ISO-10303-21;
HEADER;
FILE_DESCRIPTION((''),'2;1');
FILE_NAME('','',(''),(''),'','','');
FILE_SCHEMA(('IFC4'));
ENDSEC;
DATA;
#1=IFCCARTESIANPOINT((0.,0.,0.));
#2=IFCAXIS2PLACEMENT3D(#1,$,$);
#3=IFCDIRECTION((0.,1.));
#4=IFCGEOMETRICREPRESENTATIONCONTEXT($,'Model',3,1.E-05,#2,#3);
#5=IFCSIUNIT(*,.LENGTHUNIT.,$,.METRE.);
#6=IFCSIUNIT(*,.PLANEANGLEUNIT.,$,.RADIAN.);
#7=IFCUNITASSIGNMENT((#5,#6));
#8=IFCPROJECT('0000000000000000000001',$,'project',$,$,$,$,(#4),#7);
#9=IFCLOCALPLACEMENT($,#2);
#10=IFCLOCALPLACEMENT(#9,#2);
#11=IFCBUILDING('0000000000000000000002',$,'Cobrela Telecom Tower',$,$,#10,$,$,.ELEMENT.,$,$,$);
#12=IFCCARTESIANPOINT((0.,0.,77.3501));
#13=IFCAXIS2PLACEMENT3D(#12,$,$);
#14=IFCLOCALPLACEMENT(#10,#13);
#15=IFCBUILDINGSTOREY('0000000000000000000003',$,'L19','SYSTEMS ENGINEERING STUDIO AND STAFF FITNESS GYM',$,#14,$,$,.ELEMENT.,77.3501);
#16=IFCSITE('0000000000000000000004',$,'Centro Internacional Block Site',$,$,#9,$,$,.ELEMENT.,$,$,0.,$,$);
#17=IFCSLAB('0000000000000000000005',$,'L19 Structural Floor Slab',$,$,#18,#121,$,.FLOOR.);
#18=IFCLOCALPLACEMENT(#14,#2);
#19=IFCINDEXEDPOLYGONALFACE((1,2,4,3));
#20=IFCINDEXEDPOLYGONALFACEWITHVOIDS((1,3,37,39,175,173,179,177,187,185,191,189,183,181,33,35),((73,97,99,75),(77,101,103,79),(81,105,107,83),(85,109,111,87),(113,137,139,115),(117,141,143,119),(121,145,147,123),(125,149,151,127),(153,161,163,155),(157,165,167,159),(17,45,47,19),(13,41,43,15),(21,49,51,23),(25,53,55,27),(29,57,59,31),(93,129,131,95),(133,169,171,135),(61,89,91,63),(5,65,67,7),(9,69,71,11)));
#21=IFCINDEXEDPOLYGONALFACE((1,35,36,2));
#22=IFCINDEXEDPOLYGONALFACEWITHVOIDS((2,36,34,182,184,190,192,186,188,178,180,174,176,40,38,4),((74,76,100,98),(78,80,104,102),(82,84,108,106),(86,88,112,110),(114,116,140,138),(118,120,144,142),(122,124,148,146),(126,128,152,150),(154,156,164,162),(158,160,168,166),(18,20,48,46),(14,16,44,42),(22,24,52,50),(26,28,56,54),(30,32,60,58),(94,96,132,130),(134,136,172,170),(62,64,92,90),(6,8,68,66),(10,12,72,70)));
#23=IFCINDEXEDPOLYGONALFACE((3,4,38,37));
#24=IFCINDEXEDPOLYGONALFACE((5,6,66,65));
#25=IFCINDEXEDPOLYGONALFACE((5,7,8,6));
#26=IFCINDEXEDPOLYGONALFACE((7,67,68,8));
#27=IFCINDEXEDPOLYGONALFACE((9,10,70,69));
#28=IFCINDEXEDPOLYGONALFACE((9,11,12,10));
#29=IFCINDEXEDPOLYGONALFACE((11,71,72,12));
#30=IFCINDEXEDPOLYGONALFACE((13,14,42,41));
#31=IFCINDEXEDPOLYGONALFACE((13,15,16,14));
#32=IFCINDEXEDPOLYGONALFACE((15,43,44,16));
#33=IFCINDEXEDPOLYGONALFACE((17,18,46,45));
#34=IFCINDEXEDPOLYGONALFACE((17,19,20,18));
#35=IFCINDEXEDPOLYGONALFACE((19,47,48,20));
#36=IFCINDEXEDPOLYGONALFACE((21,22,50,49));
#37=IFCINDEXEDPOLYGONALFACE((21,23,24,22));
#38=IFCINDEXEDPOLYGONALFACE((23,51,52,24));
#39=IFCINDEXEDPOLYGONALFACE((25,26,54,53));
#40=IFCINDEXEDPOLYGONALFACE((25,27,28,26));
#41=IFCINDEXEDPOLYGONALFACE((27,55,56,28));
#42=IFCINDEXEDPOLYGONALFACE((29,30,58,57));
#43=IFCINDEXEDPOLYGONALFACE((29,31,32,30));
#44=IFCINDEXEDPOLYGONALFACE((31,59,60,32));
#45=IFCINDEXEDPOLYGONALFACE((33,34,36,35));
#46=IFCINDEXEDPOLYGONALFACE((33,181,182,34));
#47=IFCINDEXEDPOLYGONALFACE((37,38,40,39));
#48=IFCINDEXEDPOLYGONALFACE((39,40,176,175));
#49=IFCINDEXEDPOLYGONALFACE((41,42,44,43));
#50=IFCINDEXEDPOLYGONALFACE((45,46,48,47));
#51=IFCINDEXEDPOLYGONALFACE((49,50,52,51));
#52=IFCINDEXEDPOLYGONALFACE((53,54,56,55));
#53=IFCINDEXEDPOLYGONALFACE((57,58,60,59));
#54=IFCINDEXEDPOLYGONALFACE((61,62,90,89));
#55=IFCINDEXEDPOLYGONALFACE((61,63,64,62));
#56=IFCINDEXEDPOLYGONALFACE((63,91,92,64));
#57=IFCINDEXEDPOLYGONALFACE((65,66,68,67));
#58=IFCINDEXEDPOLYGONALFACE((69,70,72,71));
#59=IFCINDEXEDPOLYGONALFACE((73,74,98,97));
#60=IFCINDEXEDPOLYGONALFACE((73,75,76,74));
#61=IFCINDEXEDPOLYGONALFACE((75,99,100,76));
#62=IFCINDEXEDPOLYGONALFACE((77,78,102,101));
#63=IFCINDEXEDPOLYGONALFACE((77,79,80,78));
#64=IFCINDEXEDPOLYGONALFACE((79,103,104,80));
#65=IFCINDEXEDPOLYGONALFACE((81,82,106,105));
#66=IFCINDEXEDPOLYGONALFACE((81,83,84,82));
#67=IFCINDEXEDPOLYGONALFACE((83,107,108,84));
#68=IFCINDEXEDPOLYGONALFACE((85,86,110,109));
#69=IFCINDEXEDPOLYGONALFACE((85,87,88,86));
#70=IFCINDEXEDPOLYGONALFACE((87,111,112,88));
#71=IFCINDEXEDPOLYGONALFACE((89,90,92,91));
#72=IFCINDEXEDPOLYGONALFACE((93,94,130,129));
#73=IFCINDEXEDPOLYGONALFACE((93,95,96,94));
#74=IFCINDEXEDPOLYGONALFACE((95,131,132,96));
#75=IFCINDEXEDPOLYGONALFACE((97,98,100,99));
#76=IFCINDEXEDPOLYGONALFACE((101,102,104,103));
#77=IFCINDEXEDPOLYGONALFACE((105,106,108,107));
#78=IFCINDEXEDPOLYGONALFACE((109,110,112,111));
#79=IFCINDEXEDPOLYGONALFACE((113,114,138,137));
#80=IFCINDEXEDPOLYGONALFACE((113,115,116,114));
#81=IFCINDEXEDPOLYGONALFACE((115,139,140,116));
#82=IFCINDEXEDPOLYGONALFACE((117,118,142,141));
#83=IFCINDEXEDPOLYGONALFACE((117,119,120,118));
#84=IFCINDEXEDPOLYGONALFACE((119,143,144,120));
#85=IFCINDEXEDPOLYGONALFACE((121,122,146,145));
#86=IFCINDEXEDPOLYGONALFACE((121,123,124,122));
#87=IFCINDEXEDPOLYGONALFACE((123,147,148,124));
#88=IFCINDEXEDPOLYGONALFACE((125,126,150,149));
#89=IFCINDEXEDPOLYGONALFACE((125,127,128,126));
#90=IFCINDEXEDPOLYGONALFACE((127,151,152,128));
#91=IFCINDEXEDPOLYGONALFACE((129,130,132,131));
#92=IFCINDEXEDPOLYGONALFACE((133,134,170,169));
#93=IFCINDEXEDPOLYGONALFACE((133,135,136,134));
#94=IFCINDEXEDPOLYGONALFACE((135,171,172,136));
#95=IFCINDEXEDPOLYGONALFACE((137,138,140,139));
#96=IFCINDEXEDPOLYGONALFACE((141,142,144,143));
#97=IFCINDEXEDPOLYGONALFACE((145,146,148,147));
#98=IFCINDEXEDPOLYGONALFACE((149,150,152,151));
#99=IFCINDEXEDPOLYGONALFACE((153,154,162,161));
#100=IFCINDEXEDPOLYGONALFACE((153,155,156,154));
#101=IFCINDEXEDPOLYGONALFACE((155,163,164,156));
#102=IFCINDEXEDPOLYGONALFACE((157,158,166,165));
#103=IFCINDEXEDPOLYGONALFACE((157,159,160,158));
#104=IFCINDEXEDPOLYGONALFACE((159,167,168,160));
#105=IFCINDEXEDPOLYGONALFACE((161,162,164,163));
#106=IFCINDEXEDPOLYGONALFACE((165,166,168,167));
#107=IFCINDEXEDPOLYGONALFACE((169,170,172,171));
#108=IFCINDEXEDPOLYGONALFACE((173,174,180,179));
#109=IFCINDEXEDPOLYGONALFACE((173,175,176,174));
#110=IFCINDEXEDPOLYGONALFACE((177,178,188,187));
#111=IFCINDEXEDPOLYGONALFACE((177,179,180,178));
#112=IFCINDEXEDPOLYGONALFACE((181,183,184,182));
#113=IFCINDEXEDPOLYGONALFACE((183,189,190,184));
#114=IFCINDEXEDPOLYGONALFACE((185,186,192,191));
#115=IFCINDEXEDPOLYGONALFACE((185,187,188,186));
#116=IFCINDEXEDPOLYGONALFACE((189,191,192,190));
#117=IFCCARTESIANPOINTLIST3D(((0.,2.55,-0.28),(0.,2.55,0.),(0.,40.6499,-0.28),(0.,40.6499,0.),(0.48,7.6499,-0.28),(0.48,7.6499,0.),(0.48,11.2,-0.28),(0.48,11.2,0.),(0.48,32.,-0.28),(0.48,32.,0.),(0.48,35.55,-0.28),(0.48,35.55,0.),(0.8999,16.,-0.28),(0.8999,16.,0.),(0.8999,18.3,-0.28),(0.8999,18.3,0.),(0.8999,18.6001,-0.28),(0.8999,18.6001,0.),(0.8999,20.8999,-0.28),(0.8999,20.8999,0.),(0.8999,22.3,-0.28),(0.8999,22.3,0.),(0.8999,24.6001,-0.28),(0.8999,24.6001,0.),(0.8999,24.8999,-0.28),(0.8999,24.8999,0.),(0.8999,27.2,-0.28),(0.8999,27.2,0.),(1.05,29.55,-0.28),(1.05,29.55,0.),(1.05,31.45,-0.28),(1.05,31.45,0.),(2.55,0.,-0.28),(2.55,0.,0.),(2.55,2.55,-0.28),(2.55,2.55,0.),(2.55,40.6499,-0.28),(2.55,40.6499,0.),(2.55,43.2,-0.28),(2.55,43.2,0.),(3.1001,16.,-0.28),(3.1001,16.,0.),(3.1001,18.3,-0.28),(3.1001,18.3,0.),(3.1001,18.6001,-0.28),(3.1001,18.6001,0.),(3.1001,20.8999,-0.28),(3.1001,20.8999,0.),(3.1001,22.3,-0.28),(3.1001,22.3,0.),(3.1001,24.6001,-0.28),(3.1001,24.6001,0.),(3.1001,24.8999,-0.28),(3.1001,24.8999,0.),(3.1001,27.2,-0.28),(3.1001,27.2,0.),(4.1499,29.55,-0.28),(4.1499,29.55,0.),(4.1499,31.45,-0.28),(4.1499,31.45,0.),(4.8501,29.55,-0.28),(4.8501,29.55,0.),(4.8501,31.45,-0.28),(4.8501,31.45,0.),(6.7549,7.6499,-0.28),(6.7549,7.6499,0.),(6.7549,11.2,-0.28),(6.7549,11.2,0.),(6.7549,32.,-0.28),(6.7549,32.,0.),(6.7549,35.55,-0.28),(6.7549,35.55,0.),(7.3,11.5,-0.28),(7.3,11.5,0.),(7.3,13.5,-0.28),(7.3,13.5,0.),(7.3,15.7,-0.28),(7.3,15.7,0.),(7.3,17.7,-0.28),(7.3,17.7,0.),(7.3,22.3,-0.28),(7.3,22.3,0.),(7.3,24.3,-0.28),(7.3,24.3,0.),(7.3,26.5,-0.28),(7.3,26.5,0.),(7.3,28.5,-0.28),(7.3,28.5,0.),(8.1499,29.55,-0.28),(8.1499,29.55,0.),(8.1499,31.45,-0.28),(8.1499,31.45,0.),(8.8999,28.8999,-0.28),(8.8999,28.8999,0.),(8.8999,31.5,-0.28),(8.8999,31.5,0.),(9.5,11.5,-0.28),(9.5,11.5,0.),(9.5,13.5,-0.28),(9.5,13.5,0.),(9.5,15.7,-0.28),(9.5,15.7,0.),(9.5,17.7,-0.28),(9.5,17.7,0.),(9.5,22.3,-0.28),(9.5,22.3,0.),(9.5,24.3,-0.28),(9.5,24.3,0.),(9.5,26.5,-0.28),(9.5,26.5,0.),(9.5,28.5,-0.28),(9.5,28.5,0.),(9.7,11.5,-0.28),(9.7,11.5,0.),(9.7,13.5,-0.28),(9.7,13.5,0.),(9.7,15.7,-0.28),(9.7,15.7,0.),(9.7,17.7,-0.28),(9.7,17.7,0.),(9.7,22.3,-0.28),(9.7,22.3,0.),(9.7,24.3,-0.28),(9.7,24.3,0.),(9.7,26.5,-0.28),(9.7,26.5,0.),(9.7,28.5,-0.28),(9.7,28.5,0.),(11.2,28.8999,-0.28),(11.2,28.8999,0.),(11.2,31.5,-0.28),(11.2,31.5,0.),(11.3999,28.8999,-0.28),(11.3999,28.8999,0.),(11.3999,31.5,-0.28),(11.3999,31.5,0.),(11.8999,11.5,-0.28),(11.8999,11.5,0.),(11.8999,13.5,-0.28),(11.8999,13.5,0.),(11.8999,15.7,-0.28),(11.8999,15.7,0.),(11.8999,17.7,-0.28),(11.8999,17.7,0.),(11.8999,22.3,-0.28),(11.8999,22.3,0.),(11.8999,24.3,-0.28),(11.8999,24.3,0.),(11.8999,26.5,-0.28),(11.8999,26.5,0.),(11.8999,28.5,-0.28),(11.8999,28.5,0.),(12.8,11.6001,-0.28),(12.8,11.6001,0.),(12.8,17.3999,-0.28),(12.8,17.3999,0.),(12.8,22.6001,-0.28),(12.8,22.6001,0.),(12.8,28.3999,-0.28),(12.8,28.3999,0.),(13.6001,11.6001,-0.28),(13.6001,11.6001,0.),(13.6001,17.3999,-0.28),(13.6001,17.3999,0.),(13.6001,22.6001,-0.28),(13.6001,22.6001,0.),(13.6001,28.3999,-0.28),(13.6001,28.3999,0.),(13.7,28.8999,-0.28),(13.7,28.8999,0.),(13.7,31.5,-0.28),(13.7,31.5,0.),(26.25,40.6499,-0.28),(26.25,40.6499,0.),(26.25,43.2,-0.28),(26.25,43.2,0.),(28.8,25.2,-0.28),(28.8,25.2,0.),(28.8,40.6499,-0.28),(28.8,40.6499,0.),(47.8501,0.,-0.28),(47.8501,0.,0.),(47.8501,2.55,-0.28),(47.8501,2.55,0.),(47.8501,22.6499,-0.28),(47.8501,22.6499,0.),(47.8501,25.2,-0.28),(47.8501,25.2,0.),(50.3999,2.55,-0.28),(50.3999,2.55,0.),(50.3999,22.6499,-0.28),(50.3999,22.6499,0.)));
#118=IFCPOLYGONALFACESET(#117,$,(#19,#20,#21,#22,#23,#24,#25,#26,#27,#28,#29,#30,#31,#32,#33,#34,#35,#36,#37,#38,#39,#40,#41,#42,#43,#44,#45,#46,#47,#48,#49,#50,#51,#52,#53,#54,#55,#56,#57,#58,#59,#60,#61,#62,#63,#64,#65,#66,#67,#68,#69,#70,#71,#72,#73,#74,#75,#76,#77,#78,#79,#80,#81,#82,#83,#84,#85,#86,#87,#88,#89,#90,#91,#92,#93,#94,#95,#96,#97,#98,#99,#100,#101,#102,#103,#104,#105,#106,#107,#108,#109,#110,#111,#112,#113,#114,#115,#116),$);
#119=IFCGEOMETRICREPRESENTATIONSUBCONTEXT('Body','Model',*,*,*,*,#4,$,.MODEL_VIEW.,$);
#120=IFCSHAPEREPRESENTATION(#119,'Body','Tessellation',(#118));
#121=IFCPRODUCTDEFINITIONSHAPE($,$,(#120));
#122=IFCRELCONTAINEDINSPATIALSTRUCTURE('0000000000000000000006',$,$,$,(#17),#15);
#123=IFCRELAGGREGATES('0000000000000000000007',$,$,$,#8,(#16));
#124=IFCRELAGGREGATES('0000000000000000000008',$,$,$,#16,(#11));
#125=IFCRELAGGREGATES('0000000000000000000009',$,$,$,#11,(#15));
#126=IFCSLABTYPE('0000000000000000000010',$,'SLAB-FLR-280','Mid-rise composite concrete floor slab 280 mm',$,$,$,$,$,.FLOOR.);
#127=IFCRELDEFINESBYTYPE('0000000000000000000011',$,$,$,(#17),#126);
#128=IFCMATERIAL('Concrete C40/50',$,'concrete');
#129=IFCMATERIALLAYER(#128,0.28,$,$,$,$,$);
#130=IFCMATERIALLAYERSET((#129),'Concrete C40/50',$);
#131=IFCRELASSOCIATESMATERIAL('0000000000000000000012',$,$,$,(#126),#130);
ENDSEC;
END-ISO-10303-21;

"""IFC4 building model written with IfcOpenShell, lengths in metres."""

from ifc_helpers import new_model, si_unit, direction, frame, origin, place, context, subcontext, project, spatial, polyline, outline, extrude, material, layer, layer_set, type_object, element, save


model = new_model("IFC4")

# Units and contexts
model_context = context("Model", 3, precision=1e-05, world=origin(), true_north=direction((0.0, 1.0)))
body_context = subcontext(model_context, "Body", "Model", "MODEL_VIEW")
ifc_project = project(units=[si_unit("LENGTHUNIT", "METRE"), si_unit("PLANEANGLEUNIT", "RADIAN")], contexts=[model_context])

# Site, building, storey
site_placement = place(None, origin())
site = spatial("IfcSite", under=ifc_project, at=site_placement, Name="Centro Internacional Block Site", CompositionType="ELEMENT", RefElevation=0.0)
building_placement = place(site_placement, origin())
building = spatial("IfcBuilding", under=site, at=building_placement, Name="Cobrela Telecom Tower", CompositionType="ELEMENT")
storey_placement = place(building_placement, frame((0.0, 0.0, 77.3501)))
storey = spatial("IfcBuildingStorey", under=building, at=storey_placement, Name="L19", Description="SYSTEMS ENGINEERING STUDIO AND STAFF FITNESS GYM", CompositionType="ELEMENT", Elevation=77.3501)

# Slab, openings
ifc_material_1 = material(Name="Concrete C40/50", Category="concrete")
ifc_layer_1 = layer(ifc_material_1, 0.28)
ifc_layer_set_1 = layer_set([ifc_layer_1], Name="Concrete C40/50")
slab_type_1 = type_object("IfcSlabType", Name="SLAB-FLR-280", Description="Mid-rise composite concrete floor slab 280 mm", PredefinedType="FLOOR", material=ifc_layer_set_1)
slab_1_placement = place(storey_placement, frame((0.0, 0.0, -0.28)))
slab_1 = element("IfcSlab", 1, at=slab_1_placement, inside=storey, type_object=slab_type_1, Name="L19 Structural Floor Slab", PredefinedType="FLOOR", context=body_context, shape_type="SweptSolid", body=[
    extrude(outline(polyline([(2.55, 0.0), (47.8501, 0.0), (47.8501, 2.55), (50.3999, 2.55), (50.3999, 22.6499), (47.8501, 22.6499), (47.8501, 25.2), (28.8, 25.2), (28.8, 40.6499), (26.25, 40.6499), (26.25, 43.2), (2.55, 43.2), (2.55, 40.6499), (0.0, 40.6499), (0.0, 2.55), (2.55, 2.55), (2.55, 0.0)])), origin(), (0.0, 0.0, 1.0), 0.28),
])
opening_1_placement = place(slab_1_placement, frame((0.0, 0.0, -0.02)))
element("IfcOpeningElement", 2, at=opening_1_placement, cuts=slab_1, PredefinedType="OPENING", context=body_context, shape_type="SweptSolid", body=[
    extrude(outline(polyline([(8.8999, 28.8999), (11.2, 28.8999), (11.2, 31.5), (8.8999, 31.5), (8.8999, 28.8999)])), origin(), (0.0, 0.0, 1.0), 0.3201),
])
opening_2_placement = place(slab_1_placement, frame((0.0, 0.0, -0.02)))
element("IfcOpeningElement", 3, at=opening_2_placement, cuts=slab_1, PredefinedType="OPENING", context=body_context, shape_type="SweptSolid", body=[
    extrude(outline(polyline([(11.3999, 28.8999), (13.7, 28.8999), (13.7, 31.5), (11.3999, 31.5), (11.3999, 28.8999)])), origin(), (0.0, 0.0, 1.0), 0.3201),
])
opening_3_placement = place(slab_1_placement, frame((0.0, 0.0, -0.02)))
element("IfcOpeningElement", 4, at=opening_3_placement, cuts=slab_1, PredefinedType="OPENING", context=body_context, shape_type="SweptSolid", body=[
    extrude(outline(polyline([(7.3, 22.3), (9.5, 22.3), (9.5, 24.3), (7.3, 24.3), (7.3, 22.3)])), origin(), (0.0, 0.0, 1.0), 0.3201),
])
opening_4_placement = place(slab_1_placement, frame((0.0, 0.0, -0.02)))
element("IfcOpeningElement", 5, at=opening_4_placement, cuts=slab_1, PredefinedType="OPENING", context=body_context, shape_type="SweptSolid", body=[
    extrude(outline(polyline([(9.7, 22.3), (11.8999, 22.3), (11.8999, 24.3), (9.7, 24.3), (9.7, 22.3)])), origin(), (0.0, 0.0, 1.0), 0.3201),
])
opening_5_placement = place(slab_1_placement, frame((0.0, 0.0, -0.02)))
element("IfcOpeningElement", 6, at=opening_5_placement, cuts=slab_1, PredefinedType="OPENING", context=body_context, shape_type="SweptSolid", body=[
    extrude(outline(polyline([(7.3, 26.5), (9.5, 26.5), (9.5, 28.5), (7.3, 28.5), (7.3, 26.5)])), origin(), (0.0, 0.0, 1.0), 0.3201),
])
opening_6_placement = place(slab_1_placement, frame((0.0, 0.0, -0.02)))
element("IfcOpeningElement", 7, at=opening_6_placement, cuts=slab_1, PredefinedType="OPENING", context=body_context, shape_type="SweptSolid", body=[
    extrude(outline(polyline([(9.7, 26.5), (11.8999, 26.5), (11.8999, 28.5), (9.7, 28.5), (9.7, 26.5)])), origin(), (0.0, 0.0, 1.0), 0.3201),
])
opening_7_placement = place(slab_1_placement, frame((0.0, 0.0, -0.02)))
element("IfcOpeningElement", 8, at=opening_7_placement, cuts=slab_1, PredefinedType="OPENING", context=body_context, shape_type="SweptSolid", body=[
    extrude(outline(polyline([(7.3, 15.7), (9.5, 15.7), (9.5, 17.7), (7.3, 17.7), (7.3, 15.7)])), origin(), (0.0, 0.0, 1.0), 0.3201),
])
opening_8_placement = place(slab_1_placement, frame((0.0, 0.0, -0.02)))
element("IfcOpeningElement", 9, at=opening_8_placement, cuts=slab_1, PredefinedType="OPENING", context=body_context, shape_type="SweptSolid", body=[
    extrude(outline(polyline([(9.7, 15.7), (11.8999, 15.7), (11.8999, 17.7), (9.7, 17.7), (9.7, 15.7)])), origin(), (0.0, 0.0, 1.0), 0.3201),
])
opening_9_placement = place(slab_1_placement, frame((0.0, 0.0, -0.02)))
element("IfcOpeningElement", 10, at=opening_9_placement, cuts=slab_1, PredefinedType="OPENING", context=body_context, shape_type="SweptSolid", body=[
    extrude(outline(polyline([(7.3, 11.5), (9.5, 11.5), (9.5, 13.5), (7.3, 13.5), (7.3, 11.5)])), origin(), (0.0, 0.0, 1.0), 0.3201),
])
opening_10_placement = place(slab_1_placement, frame((0.0, 0.0, -0.02)))
element("IfcOpeningElement", 11, at=opening_10_placement, cuts=slab_1, PredefinedType="OPENING", context=body_context, shape_type="SweptSolid", body=[
    extrude(outline(polyline([(9.7, 11.5), (11.8999, 11.5), (11.8999, 13.5), (9.7, 13.5), (9.7, 11.5)])), origin(), (0.0, 0.0, 1.0), 0.3201),
])
opening_11_placement = place(slab_1_placement, frame((0.0, 0.0, -0.02)))
element("IfcOpeningElement", 12, at=opening_11_placement, cuts=slab_1, PredefinedType="OPENING", context=body_context, shape_type="SweptSolid", body=[
    extrude(outline(polyline([(0.8999, 16.0), (3.1001, 16.0), (3.1001, 18.3), (0.8999, 18.3), (0.8999, 16.0)])), origin(), (0.0, 0.0, 1.0), 0.3201),
])
opening_12_placement = place(slab_1_placement, frame((0.0, 0.0, -0.02)))
element("IfcOpeningElement", 13, at=opening_12_placement, cuts=slab_1, PredefinedType="OPENING", context=body_context, shape_type="SweptSolid", body=[
    extrude(outline(polyline([(0.8999, 18.6001), (3.1001, 18.6001), (3.1001, 20.8999), (0.8999, 20.8999), (0.8999, 18.6001)])), origin(), (0.0, 0.0, 1.0), 0.3201),
])
opening_13_placement = place(slab_1_placement, frame((0.0, 0.0, -0.02)))
element("IfcOpeningElement", 14, at=opening_13_placement, cuts=slab_1, PredefinedType="OPENING", context=body_context, shape_type="SweptSolid", body=[
    extrude(outline(polyline([(0.8999, 22.3), (3.1001, 22.3), (3.1001, 24.6001), (0.8999, 24.6001), (0.8999, 22.3)])), origin(), (0.0, 0.0, 1.0), 0.3201),
])
opening_14_placement = place(slab_1_placement, frame((0.0, 0.0, -0.02)))
element("IfcOpeningElement", 15, at=opening_14_placement, cuts=slab_1, PredefinedType="OPENING", context=body_context, shape_type="SweptSolid", body=[
    extrude(outline(polyline([(0.8999, 24.8999), (3.1001, 24.8999), (3.1001, 27.2), (0.8999, 27.2), (0.8999, 24.8999)])), origin(), (0.0, 0.0, 1.0), 0.3201),
])
opening_15_placement = place(slab_1_placement, frame((0.0, 0.0, -0.02)))
element("IfcOpeningElement", 16, at=opening_15_placement, cuts=slab_1, PredefinedType="OPENING", context=body_context, shape_type="SweptSolid", body=[
    extrude(outline(polyline([(1.05, 29.55), (4.1499, 29.55), (4.1499, 31.45), (1.05, 31.45), (1.05, 29.55)])), origin(), (0.0, 0.0, 1.0), 0.3201),
])
opening_16_placement = place(slab_1_placement, frame((0.0, 0.0, -0.02)))
element("IfcOpeningElement", 17, at=opening_16_placement, cuts=slab_1, PredefinedType="OPENING", context=body_context, shape_type="SweptSolid", body=[
    extrude(outline(polyline([(4.8501, 29.55), (8.1499, 29.55), (8.1499, 31.45), (4.8501, 31.45), (4.8501, 29.55)])), origin(), (0.0, 0.0, 1.0), 0.3201),
])
opening_17_placement = place(slab_1_placement, frame((0.0, 0.0, -0.02)))
element("IfcOpeningElement", 18, at=opening_17_placement, cuts=slab_1, PredefinedType="OPENING", context=body_context, shape_type="SweptSolid", body=[
    extrude(outline(polyline([(12.8, 22.6001), (13.6001, 22.6001), (13.6001, 28.3999), (12.8, 28.3999), (12.8, 22.6001)])), origin(), (0.0, 0.0, 1.0), 0.3201),
])
opening_18_placement = place(slab_1_placement, frame((0.0, 0.0, -0.02)))
element("IfcOpeningElement", 19, at=opening_18_placement, cuts=slab_1, PredefinedType="OPENING", context=body_context, shape_type="SweptSolid", body=[
    extrude(outline(polyline([(12.8, 11.6001), (13.6001, 11.6001), (13.6001, 17.3999), (12.8, 17.3999), (12.8, 11.6001)])), origin(), (0.0, 0.0, 1.0), 0.3201),
])
opening_19_placement = place(slab_1_placement, frame((0.0, 0.0, -0.02)))
element("IfcOpeningElement", 20, at=opening_19_placement, cuts=slab_1, PredefinedType="OPENING", context=body_context, shape_type="SweptSolid", body=[
    extrude(outline(polyline([(6.7549, 35.55), (0.48, 35.55), (0.48, 32.0), (6.7549, 32.0), (6.7549, 35.55)])), origin(), (0.0, 0.0, 1.0), 0.3201),
])
opening_20_placement = place(slab_1_placement, frame((0.0, 0.0, -0.02)))
element("IfcOpeningElement", 21, at=opening_20_placement, cuts=slab_1, PredefinedType="OPENING", context=body_context, shape_type="SweptSolid", body=[
    extrude(outline(polyline([(6.7549, 11.2), (0.48, 11.2), (0.48, 7.6499), (6.7549, 7.6499), (6.7549, 11.2)])), origin(), (0.0, 0.0, 1.0), 0.3201),
])

save(model, "model.ifc")
